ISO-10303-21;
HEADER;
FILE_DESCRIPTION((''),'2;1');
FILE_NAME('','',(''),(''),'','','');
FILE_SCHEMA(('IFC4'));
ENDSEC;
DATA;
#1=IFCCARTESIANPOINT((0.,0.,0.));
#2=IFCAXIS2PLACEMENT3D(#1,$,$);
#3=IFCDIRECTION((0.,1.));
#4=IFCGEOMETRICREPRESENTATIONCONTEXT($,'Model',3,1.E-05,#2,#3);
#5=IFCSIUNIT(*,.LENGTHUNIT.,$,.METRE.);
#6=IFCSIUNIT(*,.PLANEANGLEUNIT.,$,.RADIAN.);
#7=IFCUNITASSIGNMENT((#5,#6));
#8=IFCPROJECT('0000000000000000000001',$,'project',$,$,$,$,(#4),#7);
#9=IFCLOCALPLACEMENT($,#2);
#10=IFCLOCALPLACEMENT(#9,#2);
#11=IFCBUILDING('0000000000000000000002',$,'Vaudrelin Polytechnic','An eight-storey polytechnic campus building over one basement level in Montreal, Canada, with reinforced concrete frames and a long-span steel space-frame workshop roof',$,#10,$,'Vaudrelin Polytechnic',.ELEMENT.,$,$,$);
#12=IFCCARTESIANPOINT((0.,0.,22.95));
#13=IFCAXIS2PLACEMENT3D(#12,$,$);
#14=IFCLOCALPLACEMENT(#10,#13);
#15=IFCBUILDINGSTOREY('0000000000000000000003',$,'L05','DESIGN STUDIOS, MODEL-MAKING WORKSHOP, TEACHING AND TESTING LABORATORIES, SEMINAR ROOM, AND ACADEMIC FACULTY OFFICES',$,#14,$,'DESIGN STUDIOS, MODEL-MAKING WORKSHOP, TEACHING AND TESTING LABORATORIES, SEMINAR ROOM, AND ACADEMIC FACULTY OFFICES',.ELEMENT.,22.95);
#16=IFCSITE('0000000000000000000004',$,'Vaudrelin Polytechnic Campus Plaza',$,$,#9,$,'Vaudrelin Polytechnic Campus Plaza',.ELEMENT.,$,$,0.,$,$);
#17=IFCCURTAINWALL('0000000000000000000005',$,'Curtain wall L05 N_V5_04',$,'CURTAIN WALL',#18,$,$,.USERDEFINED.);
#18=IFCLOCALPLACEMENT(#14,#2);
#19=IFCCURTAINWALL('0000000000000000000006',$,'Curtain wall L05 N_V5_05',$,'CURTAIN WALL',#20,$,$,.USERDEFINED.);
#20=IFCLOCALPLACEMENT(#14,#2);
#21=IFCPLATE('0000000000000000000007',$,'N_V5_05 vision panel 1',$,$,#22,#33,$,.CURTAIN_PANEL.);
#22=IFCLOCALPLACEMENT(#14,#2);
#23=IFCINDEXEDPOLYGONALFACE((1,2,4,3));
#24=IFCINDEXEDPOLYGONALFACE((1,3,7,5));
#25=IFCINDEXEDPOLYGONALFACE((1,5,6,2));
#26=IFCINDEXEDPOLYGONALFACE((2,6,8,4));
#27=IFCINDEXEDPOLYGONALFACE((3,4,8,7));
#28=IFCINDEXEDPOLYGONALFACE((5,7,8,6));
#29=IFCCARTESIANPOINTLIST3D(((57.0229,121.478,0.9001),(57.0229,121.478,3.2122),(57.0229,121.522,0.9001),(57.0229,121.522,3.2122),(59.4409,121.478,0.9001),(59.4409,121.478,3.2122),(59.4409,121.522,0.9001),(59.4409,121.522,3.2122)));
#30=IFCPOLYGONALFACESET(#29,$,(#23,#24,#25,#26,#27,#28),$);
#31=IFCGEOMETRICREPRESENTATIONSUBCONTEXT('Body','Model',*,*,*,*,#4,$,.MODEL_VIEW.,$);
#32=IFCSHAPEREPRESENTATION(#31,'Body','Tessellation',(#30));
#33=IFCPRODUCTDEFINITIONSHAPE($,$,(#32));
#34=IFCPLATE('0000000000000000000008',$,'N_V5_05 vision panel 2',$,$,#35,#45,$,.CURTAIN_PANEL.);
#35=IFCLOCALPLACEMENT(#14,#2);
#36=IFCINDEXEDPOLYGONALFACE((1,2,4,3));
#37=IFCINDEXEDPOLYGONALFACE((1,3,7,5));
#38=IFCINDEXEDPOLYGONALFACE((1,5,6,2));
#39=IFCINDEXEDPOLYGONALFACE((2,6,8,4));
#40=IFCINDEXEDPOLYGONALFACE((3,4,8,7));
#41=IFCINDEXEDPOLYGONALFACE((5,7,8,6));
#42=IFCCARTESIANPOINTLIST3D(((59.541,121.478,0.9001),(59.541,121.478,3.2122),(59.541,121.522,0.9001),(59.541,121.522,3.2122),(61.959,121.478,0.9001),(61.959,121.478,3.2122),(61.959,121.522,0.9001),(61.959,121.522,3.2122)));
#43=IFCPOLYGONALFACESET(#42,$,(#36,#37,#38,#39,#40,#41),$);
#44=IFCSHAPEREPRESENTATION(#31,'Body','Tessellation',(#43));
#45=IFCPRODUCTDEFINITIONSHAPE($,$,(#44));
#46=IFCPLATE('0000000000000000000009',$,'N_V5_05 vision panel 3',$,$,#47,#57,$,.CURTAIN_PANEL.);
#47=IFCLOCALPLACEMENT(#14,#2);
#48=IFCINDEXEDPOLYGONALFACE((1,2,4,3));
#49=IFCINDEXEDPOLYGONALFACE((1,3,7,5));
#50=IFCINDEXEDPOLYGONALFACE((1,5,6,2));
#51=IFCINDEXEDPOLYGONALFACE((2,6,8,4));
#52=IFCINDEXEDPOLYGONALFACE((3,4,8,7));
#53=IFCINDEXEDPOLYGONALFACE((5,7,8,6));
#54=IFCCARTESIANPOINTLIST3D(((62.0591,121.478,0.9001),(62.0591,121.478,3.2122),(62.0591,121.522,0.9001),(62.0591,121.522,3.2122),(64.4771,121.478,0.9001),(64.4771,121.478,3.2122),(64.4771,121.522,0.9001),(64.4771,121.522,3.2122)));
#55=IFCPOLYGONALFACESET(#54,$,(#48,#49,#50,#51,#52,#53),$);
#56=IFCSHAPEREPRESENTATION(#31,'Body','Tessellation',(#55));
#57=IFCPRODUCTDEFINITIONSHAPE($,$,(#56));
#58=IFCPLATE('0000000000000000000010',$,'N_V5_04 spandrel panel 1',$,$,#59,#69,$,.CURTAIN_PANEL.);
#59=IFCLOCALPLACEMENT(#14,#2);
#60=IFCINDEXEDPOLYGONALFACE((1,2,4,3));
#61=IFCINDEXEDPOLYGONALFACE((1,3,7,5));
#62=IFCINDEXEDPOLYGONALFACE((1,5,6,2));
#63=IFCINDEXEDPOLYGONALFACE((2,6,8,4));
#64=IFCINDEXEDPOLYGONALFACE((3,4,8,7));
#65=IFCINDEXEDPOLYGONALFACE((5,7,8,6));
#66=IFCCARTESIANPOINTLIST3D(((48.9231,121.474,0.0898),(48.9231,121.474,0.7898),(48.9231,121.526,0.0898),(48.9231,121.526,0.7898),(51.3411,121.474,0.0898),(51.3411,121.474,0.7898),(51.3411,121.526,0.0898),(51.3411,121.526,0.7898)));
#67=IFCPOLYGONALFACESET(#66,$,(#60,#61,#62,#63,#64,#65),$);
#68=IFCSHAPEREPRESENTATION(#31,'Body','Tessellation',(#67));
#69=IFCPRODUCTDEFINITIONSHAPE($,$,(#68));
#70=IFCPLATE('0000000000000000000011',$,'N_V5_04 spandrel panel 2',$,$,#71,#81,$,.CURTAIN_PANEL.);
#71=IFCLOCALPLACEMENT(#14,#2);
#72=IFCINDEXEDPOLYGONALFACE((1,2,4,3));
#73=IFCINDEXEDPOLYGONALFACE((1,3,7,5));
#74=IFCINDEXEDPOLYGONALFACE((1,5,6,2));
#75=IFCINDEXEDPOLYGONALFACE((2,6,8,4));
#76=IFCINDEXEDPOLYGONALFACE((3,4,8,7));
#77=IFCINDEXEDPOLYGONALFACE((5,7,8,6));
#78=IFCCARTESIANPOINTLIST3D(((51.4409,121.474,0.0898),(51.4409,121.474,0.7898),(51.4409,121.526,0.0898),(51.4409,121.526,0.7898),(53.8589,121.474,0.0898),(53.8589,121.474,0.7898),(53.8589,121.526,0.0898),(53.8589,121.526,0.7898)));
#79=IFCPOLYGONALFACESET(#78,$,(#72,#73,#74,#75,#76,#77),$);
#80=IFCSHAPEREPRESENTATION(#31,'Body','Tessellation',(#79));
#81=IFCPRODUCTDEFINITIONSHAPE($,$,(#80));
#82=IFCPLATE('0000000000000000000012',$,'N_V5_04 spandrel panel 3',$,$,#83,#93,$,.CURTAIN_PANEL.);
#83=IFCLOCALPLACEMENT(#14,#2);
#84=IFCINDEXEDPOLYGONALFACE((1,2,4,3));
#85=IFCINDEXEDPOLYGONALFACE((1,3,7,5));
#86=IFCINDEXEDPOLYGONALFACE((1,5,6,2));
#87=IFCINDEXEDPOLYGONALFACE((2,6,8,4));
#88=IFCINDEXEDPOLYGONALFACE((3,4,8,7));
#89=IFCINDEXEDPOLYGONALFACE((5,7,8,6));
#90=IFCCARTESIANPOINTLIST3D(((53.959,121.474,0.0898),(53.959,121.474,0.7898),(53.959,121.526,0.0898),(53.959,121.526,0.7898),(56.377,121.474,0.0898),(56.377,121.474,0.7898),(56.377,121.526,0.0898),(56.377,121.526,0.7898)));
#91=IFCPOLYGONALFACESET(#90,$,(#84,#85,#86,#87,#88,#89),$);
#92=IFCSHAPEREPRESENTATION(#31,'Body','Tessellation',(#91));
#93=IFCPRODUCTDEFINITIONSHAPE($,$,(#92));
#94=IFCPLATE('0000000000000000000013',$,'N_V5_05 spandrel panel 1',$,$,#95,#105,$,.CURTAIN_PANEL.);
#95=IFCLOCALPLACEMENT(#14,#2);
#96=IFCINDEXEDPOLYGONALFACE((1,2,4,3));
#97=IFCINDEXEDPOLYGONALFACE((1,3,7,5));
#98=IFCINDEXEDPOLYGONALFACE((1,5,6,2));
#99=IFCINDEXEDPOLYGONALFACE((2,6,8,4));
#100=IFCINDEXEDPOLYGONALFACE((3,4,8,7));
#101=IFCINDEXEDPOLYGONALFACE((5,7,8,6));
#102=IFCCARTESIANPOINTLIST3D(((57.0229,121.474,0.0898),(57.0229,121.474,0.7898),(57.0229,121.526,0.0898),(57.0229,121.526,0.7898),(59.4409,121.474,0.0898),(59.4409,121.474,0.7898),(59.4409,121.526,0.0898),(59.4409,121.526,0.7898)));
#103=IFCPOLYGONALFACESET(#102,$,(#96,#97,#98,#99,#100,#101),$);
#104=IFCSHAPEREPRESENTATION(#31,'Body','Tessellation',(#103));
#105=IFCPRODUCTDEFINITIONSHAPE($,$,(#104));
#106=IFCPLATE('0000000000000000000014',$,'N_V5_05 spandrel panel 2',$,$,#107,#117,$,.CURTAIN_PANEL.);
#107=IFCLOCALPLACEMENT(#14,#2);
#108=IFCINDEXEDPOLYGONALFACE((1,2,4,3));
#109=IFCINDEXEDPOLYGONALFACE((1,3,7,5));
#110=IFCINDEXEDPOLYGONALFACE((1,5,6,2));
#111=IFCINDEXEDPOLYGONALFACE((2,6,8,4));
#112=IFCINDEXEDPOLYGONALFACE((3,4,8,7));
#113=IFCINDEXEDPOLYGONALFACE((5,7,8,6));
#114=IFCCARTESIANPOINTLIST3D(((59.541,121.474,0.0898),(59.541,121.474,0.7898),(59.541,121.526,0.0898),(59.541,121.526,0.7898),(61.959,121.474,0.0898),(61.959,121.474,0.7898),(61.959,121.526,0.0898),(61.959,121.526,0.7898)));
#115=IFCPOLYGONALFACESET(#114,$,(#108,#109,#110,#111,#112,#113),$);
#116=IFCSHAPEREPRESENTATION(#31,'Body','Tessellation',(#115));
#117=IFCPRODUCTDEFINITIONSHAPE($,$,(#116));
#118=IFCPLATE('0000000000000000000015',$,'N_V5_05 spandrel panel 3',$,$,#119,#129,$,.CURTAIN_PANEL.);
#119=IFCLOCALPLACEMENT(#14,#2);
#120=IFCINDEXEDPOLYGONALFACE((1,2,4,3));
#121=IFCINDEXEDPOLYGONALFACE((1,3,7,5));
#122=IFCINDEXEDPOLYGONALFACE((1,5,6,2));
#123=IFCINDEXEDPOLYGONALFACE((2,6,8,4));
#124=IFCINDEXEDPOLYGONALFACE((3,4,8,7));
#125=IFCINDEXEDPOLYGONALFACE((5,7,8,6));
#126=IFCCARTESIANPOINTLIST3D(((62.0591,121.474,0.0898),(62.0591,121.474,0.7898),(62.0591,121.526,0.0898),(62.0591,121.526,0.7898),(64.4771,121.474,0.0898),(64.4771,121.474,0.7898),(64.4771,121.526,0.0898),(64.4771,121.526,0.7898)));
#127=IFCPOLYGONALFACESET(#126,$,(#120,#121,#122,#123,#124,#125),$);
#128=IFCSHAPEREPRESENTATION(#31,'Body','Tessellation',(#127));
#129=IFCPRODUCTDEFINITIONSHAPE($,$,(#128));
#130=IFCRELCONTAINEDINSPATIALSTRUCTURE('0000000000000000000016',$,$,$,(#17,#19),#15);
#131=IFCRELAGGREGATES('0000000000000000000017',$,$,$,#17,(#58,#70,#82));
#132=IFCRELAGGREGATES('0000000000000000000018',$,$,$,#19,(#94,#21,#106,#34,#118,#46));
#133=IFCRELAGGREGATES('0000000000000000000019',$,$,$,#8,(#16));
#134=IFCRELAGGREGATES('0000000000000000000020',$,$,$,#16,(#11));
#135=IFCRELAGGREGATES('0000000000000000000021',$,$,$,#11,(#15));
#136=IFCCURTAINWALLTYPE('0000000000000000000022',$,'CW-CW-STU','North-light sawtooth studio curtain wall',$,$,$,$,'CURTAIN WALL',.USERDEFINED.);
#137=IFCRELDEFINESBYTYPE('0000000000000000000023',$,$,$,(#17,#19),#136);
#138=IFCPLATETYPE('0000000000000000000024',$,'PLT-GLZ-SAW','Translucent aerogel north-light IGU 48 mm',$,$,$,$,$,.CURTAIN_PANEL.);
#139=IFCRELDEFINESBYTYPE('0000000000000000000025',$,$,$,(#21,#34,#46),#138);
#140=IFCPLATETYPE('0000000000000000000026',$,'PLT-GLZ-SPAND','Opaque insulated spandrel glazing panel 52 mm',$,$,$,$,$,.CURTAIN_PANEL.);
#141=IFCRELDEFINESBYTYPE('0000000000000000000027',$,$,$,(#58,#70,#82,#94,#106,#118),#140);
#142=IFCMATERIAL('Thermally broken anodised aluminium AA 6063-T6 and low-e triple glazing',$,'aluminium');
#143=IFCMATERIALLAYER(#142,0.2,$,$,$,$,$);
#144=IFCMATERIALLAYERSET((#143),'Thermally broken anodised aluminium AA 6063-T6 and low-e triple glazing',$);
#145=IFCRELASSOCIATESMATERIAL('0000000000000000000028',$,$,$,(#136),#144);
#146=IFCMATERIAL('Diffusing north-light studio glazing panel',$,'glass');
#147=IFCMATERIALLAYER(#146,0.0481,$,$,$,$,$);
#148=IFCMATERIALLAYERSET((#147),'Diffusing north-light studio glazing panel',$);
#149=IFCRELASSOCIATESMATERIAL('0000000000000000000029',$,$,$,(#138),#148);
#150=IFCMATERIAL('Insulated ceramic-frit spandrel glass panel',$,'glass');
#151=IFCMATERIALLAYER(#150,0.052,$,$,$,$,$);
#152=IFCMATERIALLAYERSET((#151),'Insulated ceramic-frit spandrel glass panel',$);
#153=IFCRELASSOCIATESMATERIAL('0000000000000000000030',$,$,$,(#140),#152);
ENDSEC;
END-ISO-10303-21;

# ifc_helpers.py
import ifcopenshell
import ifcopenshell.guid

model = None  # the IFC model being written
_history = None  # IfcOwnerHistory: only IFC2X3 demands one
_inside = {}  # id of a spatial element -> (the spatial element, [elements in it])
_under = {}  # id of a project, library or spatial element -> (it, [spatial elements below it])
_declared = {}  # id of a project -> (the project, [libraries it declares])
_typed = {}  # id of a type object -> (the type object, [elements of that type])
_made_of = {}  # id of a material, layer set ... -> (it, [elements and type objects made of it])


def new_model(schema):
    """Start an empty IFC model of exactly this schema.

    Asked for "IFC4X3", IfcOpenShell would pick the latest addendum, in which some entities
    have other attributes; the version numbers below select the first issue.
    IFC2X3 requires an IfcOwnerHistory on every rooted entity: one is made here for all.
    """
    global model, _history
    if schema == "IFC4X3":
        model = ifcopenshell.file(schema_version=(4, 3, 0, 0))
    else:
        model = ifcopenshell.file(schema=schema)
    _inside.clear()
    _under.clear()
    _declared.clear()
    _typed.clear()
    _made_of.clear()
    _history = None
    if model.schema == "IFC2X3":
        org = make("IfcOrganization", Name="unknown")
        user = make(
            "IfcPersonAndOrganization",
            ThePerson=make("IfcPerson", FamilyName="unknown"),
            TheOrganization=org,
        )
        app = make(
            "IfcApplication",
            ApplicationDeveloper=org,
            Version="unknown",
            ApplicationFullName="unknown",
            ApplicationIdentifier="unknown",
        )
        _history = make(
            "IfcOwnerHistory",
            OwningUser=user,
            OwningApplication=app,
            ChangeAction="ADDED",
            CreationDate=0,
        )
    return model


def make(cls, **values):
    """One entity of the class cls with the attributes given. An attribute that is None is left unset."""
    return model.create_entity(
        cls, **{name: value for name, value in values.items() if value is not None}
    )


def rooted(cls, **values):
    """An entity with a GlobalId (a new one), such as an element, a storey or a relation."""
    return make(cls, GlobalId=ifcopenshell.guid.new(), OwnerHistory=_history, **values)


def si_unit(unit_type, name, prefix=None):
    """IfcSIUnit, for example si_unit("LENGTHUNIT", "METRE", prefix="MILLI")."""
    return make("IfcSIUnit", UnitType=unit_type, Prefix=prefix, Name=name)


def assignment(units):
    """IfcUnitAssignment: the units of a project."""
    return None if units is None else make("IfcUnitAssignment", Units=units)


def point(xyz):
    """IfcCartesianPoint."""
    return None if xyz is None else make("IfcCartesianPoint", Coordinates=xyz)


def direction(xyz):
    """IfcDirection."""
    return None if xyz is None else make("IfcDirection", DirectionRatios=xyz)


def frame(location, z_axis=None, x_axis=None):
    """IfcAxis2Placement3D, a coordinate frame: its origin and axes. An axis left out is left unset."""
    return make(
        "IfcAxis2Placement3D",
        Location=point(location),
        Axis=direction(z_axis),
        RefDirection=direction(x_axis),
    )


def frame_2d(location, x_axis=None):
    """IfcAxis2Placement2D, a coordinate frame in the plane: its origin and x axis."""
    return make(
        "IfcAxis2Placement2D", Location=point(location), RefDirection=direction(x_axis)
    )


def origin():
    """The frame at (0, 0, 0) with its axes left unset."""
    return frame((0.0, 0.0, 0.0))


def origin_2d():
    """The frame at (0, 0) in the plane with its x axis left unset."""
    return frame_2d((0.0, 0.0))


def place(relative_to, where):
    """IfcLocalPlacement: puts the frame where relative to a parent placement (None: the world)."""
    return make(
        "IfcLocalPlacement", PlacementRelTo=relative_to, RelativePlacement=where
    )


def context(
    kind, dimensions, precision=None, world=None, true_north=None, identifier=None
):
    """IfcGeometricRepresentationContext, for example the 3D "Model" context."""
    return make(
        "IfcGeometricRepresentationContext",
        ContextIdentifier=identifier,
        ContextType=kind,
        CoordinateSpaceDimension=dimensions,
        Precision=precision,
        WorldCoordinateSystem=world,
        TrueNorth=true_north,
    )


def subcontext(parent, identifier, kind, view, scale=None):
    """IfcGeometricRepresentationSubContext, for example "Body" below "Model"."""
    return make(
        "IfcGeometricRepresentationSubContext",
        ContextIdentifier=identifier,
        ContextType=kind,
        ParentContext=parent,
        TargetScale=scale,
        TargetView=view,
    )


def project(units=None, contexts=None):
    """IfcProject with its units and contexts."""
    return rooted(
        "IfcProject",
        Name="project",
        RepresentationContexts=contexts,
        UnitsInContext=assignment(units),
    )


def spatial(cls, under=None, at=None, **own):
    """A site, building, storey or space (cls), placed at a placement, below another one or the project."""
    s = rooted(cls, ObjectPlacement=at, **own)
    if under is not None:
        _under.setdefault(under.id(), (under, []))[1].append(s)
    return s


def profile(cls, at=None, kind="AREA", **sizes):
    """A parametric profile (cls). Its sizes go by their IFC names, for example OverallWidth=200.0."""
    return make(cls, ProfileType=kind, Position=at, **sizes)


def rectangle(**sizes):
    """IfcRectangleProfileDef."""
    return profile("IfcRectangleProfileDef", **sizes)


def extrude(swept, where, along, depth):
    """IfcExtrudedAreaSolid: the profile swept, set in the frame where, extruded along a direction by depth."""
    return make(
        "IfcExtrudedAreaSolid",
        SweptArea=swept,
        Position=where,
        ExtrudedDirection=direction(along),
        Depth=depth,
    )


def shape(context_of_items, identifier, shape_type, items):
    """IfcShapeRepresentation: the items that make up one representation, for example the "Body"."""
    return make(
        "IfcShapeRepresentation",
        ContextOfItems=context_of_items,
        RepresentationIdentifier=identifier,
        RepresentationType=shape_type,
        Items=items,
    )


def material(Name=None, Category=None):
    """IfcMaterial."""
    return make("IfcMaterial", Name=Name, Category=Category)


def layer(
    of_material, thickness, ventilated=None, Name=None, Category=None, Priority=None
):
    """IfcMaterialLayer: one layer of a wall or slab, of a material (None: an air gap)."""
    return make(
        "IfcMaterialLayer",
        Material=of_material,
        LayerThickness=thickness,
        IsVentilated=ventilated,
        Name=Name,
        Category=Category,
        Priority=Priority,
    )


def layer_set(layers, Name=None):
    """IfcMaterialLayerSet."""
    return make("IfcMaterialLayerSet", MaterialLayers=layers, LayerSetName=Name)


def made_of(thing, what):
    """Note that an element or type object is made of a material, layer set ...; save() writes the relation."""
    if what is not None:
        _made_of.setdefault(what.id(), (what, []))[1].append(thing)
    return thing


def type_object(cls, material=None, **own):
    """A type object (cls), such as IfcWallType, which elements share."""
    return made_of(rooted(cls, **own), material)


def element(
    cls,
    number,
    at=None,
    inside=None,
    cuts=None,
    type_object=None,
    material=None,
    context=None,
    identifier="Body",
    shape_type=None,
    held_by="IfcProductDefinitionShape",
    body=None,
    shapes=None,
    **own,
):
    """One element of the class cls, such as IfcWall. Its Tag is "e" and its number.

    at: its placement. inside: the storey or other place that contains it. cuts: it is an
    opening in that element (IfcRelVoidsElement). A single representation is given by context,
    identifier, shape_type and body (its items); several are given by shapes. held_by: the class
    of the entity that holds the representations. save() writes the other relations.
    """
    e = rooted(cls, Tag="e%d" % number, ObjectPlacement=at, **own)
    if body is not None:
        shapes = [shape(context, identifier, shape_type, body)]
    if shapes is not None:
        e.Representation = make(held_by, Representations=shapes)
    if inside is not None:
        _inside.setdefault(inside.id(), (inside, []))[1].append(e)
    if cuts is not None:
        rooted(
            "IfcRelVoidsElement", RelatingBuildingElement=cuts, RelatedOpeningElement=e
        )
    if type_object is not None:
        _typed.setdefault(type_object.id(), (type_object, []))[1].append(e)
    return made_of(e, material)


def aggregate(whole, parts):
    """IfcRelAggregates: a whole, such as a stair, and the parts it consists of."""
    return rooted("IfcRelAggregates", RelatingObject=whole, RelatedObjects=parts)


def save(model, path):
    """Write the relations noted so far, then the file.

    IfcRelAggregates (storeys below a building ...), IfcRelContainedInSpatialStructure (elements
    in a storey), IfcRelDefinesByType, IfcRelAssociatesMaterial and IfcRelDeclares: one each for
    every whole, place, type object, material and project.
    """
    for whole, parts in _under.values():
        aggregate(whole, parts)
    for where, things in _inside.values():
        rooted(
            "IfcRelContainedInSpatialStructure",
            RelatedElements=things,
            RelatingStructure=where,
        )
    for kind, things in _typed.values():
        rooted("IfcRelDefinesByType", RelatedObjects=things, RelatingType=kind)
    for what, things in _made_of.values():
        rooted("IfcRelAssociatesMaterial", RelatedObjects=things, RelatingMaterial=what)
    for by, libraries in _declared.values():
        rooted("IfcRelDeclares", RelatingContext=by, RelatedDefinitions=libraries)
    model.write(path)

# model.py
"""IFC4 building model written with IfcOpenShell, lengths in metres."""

from ifc_helpers import new_model, si_unit, direction, frame, origin, origin_2d, place, context, subcontext, project, spatial, rectangle, extrude, material, layer, layer_set, type_object, element, aggregate, save


model = new_model("IFC4")

# Units and contexts
model_context = context("Model", 3, precision=1e-05, world=origin(), true_north=direction((0.0, 1.0)))
body_context = subcontext(model_context, "Body", "Model", "MODEL_VIEW")
ifc_project = project(units=[si_unit("LENGTHUNIT", "METRE"), si_unit("PLANEANGLEUNIT", "RADIAN")], contexts=[model_context])

# Site, building, storey
site_placement = place(None, origin())
site = spatial("IfcSite", under=ifc_project, at=site_placement, Name="Vaudrelin Polytechnic Campus Plaza", LongName="Vaudrelin Polytechnic Campus Plaza", CompositionType="ELEMENT", RefElevation=0.0)
building_placement = place(site_placement, origin())
building = spatial("IfcBuilding", under=site, at=building_placement, Name="Vaudrelin Polytechnic", Description="An eight-storey polytechnic campus building over one basement level in Montreal, Canada, with reinforced concrete frames and a long-span steel space-frame workshop roof", LongName="Vaudrelin Polytechnic", CompositionType="ELEMENT")
storey_placement = place(building_placement, frame((0.0, 0.0, 22.95)))
storey = spatial("IfcBuildingStorey", under=building, at=storey_placement, Name="L05", Description="DESIGN STUDIOS, MODEL-MAKING WORKSHOP, TEACHING AND TESTING LABORATORIES, SEMINAR ROOM, AND ACADEMIC FACULTY OFFICES", LongName="DESIGN STUDIOS, MODEL-MAKING WORKSHOP, TEACHING AND TESTING LABORATORIES, SEMINAR ROOM, AND ACADEMIC FACULTY OFFICES", CompositionType="ELEMENT", Elevation=22.95)

# Curtain walls
ifc_material_1 = material(Name="Thermally broken anodised aluminium AA 6063-T6 and low-e triple glazing", Category="aluminium")
ifc_layer_1 = layer(ifc_material_1, 0.2)
ifc_layer_set_1 = layer_set([ifc_layer_1], Name="Thermally broken anodised aluminium AA 6063-T6 and low-e triple glazing")
curtain_wall_type = type_object("IfcCurtainWallType", Name="CW-CW-STU", Description="North-light sawtooth studio curtain wall", ElementType="CURTAIN WALL", PredefinedType="USERDEFINED", material=ifc_layer_set_1)
curtain_wall_1_placement = place(storey_placement, origin())
curtain_wall_1 = element("IfcCurtainWall", 1, at=curtain_wall_1_placement, inside=storey, type_object=curtain_wall_type, Name="Curtain wall L05 N_V5_04", ObjectType="CURTAIN WALL", PredefinedType="USERDEFINED")
curtain_wall_2_placement = place(storey_placement, origin())
curtain_wall_2 = element("IfcCurtainWall", 2, at=curtain_wall_2_placement, inside=storey, type_object=curtain_wall_type, Name="Curtain wall L05 N_V5_05", ObjectType="CURTAIN WALL", PredefinedType="USERDEFINED")

# Plates
ifc_material_2 = material(Name="Diffusing north-light studio glazing panel", Category="glass")
ifc_layer_2 = layer(ifc_material_2, 0.0481)
ifc_layer_set_2 = layer_set([ifc_layer_2], Name="Diffusing north-light studio glazing panel")
plate_type_1 = type_object("IfcPlateType", Name="PLT-GLZ-SAW", Description="Translucent aerogel north-light IGU 48 mm", PredefinedType="CURTAIN_PANEL", material=ifc_layer_set_2)
plate_1_placement = place(storey_placement, frame((58.2319, 121.5, 0.9001), z_axis=(0.0, 0.0, 1.0), x_axis=(1.0, 0.0, 0.0)))
plate_1 = element("IfcPlate", 3, at=plate_1_placement, type_object=plate_type_1, Name="N_V5_05 vision panel 1", PredefinedType="CURTAIN_PANEL", context=body_context, shape_type="SweptSolid", body=[
    extrude(rectangle(XDim=2.418, YDim=0.0439, at=origin_2d()), origin(), (0.0, 0.0, 1.0), 2.312),
])
plate_2_placement = place(storey_placement, frame((60.75, 121.5, 0.9001), z_axis=(0.0, 0.0, 1.0), x_axis=(1.0, 0.0, 0.0)))
plate_2 = element("IfcPlate", 4, at=plate_2_placement, type_object=plate_type_1, Name="N_V5_05 vision panel 2", PredefinedType="CURTAIN_PANEL", context=body_context, shape_type="SweptSolid", body=[
    extrude(rectangle(XDim=2.418, YDim=0.0439, at=origin_2d()), origin(), (0.0, 0.0, 1.0), 2.312),
])
plate_3_placement = place(storey_placement, frame((63.2681, 121.5, 0.9001), z_axis=(0.0, 0.0, 1.0), x_axis=(1.0, 0.0, 0.0)))
plate_3 = element("IfcPlate", 5, at=plate_3_placement, type_object=plate_type_1, Name="N_V5_05 vision panel 3", PredefinedType="CURTAIN_PANEL", context=body_context, shape_type="SweptSolid", body=[
    extrude(rectangle(XDim=2.418, YDim=0.0439, at=origin_2d()), origin(), (0.0, 0.0, 1.0), 2.312),
])
ifc_material_3 = material(Name="Insulated ceramic-frit spandrel glass panel", Category="glass")
ifc_layer_3 = layer(ifc_material_3, 0.052)
ifc_layer_set_3 = layer_set([ifc_layer_3], Name="Insulated ceramic-frit spandrel glass panel")
plate_type_2 = type_object("IfcPlateType", Name="PLT-GLZ-SPAND", Description="Opaque insulated spandrel glazing panel 52 mm", PredefinedType="CURTAIN_PANEL", material=ifc_layer_set_3)
plate_4_placement = place(storey_placement, frame((50.1321, 121.5, 0.0898), z_axis=(0.0, 0.0, 1.0), x_axis=(1.0, 0.0, 0.0)))
plate_4 = element("IfcPlate", 6, at=plate_4_placement, type_object=plate_type_2, Name="N_V5_04 spandrel panel 1", PredefinedType="CURTAIN_PANEL", context=body_context, shape_type="SweptSolid", body=[
    extrude(rectangle(XDim=2.418, YDim=0.052, at=origin_2d()), origin(), (0.0, 0.0, 1.0), 0.7),
])
plate_5_placement = place(storey_placement, frame((52.6499, 121.5, 0.0898), z_axis=(0.0, 0.0, 1.0), x_axis=(1.0, 0.0, 0.0)))
plate_5 = element("IfcPlate", 7, at=plate_5_placement, type_object=plate_type_2, Name="N_V5_04 spandrel panel 2", PredefinedType="CURTAIN_PANEL", context=body_context, shape_type="SweptSolid", body=[
    extrude(rectangle(XDim=2.418, YDim=0.052, at=origin_2d()), origin(), (0.0, 0.0, 1.0), 0.7),
])
plate_6_placement = place(storey_placement, frame((55.168, 121.5, 0.0898), z_axis=(0.0, 0.0, 1.0), x_axis=(1.0, 0.0, 0.0)))
plate_6 = element("IfcPlate", 8, at=plate_6_placement, type_object=plate_type_2, Name="N_V5_04 spandrel panel 3", PredefinedType="CURTAIN_PANEL", context=body_context, shape_type="SweptSolid", body=[
    extrude(rectangle(XDim=2.418, YDim=0.052, at=origin_2d()), origin(), (0.0, 0.0, 1.0), 0.7),
])
aggregate(curtain_wall_1, [plate_4, plate_5, plate_6])
plate_7_placement = place(storey_placement, frame((58.2319, 121.5, 0.0898), z_axis=(0.0, 0.0, 1.0), x_axis=(1.0, 0.0, 0.0)))
plate_7 = element("IfcPlate", 9, at=plate_7_placement, type_object=plate_type_2, Name="N_V5_05 spandrel panel 1", PredefinedType="CURTAIN_PANEL", context=body_context, shape_type="SweptSolid", body=[
    extrude(rectangle(XDim=2.418, YDim=0.052, at=origin_2d()), origin(), (0.0, 0.0, 1.0), 0.7),
])
plate_8_placement = place(storey_placement, frame((60.75, 121.5, 0.0898), z_axis=(0.0, 0.0, 1.0), x_axis=(1.0, 0.0, 0.0)))
plate_8 = element("IfcPlate", 10, at=plate_8_placement, type_object=plate_type_2, Name="N_V5_05 spandrel panel 2", PredefinedType="CURTAIN_PANEL", context=body_context, shape_type="SweptSolid", body=[
    extrude(rectangle(XDim=2.418, YDim=0.052, at=origin_2d()), origin(), (0.0, 0.0, 1.0), 0.7),
])
plate_9_placement = place(storey_placement, frame((63.2681, 121.5, 0.0898), z_axis=(0.0, 0.0, 1.0), x_axis=(1.0, 0.0, 0.0)))
plate_9 = element("IfcPlate", 11, at=plate_9_placement, type_object=plate_type_2, Name="N_V5_05 spandrel panel 3", PredefinedType="CURTAIN_PANEL", context=body_context, shape_type="SweptSolid", body=[
    extrude(rectangle(XDim=2.418, YDim=0.052, at=origin_2d()), origin(), (0.0, 0.0, 1.0), 0.7),
])
aggregate(curtain_wall_2, [plate_7, plate_1, plate_8, plate_2, plate_9, plate_3])

save(model, "model.ifc")
